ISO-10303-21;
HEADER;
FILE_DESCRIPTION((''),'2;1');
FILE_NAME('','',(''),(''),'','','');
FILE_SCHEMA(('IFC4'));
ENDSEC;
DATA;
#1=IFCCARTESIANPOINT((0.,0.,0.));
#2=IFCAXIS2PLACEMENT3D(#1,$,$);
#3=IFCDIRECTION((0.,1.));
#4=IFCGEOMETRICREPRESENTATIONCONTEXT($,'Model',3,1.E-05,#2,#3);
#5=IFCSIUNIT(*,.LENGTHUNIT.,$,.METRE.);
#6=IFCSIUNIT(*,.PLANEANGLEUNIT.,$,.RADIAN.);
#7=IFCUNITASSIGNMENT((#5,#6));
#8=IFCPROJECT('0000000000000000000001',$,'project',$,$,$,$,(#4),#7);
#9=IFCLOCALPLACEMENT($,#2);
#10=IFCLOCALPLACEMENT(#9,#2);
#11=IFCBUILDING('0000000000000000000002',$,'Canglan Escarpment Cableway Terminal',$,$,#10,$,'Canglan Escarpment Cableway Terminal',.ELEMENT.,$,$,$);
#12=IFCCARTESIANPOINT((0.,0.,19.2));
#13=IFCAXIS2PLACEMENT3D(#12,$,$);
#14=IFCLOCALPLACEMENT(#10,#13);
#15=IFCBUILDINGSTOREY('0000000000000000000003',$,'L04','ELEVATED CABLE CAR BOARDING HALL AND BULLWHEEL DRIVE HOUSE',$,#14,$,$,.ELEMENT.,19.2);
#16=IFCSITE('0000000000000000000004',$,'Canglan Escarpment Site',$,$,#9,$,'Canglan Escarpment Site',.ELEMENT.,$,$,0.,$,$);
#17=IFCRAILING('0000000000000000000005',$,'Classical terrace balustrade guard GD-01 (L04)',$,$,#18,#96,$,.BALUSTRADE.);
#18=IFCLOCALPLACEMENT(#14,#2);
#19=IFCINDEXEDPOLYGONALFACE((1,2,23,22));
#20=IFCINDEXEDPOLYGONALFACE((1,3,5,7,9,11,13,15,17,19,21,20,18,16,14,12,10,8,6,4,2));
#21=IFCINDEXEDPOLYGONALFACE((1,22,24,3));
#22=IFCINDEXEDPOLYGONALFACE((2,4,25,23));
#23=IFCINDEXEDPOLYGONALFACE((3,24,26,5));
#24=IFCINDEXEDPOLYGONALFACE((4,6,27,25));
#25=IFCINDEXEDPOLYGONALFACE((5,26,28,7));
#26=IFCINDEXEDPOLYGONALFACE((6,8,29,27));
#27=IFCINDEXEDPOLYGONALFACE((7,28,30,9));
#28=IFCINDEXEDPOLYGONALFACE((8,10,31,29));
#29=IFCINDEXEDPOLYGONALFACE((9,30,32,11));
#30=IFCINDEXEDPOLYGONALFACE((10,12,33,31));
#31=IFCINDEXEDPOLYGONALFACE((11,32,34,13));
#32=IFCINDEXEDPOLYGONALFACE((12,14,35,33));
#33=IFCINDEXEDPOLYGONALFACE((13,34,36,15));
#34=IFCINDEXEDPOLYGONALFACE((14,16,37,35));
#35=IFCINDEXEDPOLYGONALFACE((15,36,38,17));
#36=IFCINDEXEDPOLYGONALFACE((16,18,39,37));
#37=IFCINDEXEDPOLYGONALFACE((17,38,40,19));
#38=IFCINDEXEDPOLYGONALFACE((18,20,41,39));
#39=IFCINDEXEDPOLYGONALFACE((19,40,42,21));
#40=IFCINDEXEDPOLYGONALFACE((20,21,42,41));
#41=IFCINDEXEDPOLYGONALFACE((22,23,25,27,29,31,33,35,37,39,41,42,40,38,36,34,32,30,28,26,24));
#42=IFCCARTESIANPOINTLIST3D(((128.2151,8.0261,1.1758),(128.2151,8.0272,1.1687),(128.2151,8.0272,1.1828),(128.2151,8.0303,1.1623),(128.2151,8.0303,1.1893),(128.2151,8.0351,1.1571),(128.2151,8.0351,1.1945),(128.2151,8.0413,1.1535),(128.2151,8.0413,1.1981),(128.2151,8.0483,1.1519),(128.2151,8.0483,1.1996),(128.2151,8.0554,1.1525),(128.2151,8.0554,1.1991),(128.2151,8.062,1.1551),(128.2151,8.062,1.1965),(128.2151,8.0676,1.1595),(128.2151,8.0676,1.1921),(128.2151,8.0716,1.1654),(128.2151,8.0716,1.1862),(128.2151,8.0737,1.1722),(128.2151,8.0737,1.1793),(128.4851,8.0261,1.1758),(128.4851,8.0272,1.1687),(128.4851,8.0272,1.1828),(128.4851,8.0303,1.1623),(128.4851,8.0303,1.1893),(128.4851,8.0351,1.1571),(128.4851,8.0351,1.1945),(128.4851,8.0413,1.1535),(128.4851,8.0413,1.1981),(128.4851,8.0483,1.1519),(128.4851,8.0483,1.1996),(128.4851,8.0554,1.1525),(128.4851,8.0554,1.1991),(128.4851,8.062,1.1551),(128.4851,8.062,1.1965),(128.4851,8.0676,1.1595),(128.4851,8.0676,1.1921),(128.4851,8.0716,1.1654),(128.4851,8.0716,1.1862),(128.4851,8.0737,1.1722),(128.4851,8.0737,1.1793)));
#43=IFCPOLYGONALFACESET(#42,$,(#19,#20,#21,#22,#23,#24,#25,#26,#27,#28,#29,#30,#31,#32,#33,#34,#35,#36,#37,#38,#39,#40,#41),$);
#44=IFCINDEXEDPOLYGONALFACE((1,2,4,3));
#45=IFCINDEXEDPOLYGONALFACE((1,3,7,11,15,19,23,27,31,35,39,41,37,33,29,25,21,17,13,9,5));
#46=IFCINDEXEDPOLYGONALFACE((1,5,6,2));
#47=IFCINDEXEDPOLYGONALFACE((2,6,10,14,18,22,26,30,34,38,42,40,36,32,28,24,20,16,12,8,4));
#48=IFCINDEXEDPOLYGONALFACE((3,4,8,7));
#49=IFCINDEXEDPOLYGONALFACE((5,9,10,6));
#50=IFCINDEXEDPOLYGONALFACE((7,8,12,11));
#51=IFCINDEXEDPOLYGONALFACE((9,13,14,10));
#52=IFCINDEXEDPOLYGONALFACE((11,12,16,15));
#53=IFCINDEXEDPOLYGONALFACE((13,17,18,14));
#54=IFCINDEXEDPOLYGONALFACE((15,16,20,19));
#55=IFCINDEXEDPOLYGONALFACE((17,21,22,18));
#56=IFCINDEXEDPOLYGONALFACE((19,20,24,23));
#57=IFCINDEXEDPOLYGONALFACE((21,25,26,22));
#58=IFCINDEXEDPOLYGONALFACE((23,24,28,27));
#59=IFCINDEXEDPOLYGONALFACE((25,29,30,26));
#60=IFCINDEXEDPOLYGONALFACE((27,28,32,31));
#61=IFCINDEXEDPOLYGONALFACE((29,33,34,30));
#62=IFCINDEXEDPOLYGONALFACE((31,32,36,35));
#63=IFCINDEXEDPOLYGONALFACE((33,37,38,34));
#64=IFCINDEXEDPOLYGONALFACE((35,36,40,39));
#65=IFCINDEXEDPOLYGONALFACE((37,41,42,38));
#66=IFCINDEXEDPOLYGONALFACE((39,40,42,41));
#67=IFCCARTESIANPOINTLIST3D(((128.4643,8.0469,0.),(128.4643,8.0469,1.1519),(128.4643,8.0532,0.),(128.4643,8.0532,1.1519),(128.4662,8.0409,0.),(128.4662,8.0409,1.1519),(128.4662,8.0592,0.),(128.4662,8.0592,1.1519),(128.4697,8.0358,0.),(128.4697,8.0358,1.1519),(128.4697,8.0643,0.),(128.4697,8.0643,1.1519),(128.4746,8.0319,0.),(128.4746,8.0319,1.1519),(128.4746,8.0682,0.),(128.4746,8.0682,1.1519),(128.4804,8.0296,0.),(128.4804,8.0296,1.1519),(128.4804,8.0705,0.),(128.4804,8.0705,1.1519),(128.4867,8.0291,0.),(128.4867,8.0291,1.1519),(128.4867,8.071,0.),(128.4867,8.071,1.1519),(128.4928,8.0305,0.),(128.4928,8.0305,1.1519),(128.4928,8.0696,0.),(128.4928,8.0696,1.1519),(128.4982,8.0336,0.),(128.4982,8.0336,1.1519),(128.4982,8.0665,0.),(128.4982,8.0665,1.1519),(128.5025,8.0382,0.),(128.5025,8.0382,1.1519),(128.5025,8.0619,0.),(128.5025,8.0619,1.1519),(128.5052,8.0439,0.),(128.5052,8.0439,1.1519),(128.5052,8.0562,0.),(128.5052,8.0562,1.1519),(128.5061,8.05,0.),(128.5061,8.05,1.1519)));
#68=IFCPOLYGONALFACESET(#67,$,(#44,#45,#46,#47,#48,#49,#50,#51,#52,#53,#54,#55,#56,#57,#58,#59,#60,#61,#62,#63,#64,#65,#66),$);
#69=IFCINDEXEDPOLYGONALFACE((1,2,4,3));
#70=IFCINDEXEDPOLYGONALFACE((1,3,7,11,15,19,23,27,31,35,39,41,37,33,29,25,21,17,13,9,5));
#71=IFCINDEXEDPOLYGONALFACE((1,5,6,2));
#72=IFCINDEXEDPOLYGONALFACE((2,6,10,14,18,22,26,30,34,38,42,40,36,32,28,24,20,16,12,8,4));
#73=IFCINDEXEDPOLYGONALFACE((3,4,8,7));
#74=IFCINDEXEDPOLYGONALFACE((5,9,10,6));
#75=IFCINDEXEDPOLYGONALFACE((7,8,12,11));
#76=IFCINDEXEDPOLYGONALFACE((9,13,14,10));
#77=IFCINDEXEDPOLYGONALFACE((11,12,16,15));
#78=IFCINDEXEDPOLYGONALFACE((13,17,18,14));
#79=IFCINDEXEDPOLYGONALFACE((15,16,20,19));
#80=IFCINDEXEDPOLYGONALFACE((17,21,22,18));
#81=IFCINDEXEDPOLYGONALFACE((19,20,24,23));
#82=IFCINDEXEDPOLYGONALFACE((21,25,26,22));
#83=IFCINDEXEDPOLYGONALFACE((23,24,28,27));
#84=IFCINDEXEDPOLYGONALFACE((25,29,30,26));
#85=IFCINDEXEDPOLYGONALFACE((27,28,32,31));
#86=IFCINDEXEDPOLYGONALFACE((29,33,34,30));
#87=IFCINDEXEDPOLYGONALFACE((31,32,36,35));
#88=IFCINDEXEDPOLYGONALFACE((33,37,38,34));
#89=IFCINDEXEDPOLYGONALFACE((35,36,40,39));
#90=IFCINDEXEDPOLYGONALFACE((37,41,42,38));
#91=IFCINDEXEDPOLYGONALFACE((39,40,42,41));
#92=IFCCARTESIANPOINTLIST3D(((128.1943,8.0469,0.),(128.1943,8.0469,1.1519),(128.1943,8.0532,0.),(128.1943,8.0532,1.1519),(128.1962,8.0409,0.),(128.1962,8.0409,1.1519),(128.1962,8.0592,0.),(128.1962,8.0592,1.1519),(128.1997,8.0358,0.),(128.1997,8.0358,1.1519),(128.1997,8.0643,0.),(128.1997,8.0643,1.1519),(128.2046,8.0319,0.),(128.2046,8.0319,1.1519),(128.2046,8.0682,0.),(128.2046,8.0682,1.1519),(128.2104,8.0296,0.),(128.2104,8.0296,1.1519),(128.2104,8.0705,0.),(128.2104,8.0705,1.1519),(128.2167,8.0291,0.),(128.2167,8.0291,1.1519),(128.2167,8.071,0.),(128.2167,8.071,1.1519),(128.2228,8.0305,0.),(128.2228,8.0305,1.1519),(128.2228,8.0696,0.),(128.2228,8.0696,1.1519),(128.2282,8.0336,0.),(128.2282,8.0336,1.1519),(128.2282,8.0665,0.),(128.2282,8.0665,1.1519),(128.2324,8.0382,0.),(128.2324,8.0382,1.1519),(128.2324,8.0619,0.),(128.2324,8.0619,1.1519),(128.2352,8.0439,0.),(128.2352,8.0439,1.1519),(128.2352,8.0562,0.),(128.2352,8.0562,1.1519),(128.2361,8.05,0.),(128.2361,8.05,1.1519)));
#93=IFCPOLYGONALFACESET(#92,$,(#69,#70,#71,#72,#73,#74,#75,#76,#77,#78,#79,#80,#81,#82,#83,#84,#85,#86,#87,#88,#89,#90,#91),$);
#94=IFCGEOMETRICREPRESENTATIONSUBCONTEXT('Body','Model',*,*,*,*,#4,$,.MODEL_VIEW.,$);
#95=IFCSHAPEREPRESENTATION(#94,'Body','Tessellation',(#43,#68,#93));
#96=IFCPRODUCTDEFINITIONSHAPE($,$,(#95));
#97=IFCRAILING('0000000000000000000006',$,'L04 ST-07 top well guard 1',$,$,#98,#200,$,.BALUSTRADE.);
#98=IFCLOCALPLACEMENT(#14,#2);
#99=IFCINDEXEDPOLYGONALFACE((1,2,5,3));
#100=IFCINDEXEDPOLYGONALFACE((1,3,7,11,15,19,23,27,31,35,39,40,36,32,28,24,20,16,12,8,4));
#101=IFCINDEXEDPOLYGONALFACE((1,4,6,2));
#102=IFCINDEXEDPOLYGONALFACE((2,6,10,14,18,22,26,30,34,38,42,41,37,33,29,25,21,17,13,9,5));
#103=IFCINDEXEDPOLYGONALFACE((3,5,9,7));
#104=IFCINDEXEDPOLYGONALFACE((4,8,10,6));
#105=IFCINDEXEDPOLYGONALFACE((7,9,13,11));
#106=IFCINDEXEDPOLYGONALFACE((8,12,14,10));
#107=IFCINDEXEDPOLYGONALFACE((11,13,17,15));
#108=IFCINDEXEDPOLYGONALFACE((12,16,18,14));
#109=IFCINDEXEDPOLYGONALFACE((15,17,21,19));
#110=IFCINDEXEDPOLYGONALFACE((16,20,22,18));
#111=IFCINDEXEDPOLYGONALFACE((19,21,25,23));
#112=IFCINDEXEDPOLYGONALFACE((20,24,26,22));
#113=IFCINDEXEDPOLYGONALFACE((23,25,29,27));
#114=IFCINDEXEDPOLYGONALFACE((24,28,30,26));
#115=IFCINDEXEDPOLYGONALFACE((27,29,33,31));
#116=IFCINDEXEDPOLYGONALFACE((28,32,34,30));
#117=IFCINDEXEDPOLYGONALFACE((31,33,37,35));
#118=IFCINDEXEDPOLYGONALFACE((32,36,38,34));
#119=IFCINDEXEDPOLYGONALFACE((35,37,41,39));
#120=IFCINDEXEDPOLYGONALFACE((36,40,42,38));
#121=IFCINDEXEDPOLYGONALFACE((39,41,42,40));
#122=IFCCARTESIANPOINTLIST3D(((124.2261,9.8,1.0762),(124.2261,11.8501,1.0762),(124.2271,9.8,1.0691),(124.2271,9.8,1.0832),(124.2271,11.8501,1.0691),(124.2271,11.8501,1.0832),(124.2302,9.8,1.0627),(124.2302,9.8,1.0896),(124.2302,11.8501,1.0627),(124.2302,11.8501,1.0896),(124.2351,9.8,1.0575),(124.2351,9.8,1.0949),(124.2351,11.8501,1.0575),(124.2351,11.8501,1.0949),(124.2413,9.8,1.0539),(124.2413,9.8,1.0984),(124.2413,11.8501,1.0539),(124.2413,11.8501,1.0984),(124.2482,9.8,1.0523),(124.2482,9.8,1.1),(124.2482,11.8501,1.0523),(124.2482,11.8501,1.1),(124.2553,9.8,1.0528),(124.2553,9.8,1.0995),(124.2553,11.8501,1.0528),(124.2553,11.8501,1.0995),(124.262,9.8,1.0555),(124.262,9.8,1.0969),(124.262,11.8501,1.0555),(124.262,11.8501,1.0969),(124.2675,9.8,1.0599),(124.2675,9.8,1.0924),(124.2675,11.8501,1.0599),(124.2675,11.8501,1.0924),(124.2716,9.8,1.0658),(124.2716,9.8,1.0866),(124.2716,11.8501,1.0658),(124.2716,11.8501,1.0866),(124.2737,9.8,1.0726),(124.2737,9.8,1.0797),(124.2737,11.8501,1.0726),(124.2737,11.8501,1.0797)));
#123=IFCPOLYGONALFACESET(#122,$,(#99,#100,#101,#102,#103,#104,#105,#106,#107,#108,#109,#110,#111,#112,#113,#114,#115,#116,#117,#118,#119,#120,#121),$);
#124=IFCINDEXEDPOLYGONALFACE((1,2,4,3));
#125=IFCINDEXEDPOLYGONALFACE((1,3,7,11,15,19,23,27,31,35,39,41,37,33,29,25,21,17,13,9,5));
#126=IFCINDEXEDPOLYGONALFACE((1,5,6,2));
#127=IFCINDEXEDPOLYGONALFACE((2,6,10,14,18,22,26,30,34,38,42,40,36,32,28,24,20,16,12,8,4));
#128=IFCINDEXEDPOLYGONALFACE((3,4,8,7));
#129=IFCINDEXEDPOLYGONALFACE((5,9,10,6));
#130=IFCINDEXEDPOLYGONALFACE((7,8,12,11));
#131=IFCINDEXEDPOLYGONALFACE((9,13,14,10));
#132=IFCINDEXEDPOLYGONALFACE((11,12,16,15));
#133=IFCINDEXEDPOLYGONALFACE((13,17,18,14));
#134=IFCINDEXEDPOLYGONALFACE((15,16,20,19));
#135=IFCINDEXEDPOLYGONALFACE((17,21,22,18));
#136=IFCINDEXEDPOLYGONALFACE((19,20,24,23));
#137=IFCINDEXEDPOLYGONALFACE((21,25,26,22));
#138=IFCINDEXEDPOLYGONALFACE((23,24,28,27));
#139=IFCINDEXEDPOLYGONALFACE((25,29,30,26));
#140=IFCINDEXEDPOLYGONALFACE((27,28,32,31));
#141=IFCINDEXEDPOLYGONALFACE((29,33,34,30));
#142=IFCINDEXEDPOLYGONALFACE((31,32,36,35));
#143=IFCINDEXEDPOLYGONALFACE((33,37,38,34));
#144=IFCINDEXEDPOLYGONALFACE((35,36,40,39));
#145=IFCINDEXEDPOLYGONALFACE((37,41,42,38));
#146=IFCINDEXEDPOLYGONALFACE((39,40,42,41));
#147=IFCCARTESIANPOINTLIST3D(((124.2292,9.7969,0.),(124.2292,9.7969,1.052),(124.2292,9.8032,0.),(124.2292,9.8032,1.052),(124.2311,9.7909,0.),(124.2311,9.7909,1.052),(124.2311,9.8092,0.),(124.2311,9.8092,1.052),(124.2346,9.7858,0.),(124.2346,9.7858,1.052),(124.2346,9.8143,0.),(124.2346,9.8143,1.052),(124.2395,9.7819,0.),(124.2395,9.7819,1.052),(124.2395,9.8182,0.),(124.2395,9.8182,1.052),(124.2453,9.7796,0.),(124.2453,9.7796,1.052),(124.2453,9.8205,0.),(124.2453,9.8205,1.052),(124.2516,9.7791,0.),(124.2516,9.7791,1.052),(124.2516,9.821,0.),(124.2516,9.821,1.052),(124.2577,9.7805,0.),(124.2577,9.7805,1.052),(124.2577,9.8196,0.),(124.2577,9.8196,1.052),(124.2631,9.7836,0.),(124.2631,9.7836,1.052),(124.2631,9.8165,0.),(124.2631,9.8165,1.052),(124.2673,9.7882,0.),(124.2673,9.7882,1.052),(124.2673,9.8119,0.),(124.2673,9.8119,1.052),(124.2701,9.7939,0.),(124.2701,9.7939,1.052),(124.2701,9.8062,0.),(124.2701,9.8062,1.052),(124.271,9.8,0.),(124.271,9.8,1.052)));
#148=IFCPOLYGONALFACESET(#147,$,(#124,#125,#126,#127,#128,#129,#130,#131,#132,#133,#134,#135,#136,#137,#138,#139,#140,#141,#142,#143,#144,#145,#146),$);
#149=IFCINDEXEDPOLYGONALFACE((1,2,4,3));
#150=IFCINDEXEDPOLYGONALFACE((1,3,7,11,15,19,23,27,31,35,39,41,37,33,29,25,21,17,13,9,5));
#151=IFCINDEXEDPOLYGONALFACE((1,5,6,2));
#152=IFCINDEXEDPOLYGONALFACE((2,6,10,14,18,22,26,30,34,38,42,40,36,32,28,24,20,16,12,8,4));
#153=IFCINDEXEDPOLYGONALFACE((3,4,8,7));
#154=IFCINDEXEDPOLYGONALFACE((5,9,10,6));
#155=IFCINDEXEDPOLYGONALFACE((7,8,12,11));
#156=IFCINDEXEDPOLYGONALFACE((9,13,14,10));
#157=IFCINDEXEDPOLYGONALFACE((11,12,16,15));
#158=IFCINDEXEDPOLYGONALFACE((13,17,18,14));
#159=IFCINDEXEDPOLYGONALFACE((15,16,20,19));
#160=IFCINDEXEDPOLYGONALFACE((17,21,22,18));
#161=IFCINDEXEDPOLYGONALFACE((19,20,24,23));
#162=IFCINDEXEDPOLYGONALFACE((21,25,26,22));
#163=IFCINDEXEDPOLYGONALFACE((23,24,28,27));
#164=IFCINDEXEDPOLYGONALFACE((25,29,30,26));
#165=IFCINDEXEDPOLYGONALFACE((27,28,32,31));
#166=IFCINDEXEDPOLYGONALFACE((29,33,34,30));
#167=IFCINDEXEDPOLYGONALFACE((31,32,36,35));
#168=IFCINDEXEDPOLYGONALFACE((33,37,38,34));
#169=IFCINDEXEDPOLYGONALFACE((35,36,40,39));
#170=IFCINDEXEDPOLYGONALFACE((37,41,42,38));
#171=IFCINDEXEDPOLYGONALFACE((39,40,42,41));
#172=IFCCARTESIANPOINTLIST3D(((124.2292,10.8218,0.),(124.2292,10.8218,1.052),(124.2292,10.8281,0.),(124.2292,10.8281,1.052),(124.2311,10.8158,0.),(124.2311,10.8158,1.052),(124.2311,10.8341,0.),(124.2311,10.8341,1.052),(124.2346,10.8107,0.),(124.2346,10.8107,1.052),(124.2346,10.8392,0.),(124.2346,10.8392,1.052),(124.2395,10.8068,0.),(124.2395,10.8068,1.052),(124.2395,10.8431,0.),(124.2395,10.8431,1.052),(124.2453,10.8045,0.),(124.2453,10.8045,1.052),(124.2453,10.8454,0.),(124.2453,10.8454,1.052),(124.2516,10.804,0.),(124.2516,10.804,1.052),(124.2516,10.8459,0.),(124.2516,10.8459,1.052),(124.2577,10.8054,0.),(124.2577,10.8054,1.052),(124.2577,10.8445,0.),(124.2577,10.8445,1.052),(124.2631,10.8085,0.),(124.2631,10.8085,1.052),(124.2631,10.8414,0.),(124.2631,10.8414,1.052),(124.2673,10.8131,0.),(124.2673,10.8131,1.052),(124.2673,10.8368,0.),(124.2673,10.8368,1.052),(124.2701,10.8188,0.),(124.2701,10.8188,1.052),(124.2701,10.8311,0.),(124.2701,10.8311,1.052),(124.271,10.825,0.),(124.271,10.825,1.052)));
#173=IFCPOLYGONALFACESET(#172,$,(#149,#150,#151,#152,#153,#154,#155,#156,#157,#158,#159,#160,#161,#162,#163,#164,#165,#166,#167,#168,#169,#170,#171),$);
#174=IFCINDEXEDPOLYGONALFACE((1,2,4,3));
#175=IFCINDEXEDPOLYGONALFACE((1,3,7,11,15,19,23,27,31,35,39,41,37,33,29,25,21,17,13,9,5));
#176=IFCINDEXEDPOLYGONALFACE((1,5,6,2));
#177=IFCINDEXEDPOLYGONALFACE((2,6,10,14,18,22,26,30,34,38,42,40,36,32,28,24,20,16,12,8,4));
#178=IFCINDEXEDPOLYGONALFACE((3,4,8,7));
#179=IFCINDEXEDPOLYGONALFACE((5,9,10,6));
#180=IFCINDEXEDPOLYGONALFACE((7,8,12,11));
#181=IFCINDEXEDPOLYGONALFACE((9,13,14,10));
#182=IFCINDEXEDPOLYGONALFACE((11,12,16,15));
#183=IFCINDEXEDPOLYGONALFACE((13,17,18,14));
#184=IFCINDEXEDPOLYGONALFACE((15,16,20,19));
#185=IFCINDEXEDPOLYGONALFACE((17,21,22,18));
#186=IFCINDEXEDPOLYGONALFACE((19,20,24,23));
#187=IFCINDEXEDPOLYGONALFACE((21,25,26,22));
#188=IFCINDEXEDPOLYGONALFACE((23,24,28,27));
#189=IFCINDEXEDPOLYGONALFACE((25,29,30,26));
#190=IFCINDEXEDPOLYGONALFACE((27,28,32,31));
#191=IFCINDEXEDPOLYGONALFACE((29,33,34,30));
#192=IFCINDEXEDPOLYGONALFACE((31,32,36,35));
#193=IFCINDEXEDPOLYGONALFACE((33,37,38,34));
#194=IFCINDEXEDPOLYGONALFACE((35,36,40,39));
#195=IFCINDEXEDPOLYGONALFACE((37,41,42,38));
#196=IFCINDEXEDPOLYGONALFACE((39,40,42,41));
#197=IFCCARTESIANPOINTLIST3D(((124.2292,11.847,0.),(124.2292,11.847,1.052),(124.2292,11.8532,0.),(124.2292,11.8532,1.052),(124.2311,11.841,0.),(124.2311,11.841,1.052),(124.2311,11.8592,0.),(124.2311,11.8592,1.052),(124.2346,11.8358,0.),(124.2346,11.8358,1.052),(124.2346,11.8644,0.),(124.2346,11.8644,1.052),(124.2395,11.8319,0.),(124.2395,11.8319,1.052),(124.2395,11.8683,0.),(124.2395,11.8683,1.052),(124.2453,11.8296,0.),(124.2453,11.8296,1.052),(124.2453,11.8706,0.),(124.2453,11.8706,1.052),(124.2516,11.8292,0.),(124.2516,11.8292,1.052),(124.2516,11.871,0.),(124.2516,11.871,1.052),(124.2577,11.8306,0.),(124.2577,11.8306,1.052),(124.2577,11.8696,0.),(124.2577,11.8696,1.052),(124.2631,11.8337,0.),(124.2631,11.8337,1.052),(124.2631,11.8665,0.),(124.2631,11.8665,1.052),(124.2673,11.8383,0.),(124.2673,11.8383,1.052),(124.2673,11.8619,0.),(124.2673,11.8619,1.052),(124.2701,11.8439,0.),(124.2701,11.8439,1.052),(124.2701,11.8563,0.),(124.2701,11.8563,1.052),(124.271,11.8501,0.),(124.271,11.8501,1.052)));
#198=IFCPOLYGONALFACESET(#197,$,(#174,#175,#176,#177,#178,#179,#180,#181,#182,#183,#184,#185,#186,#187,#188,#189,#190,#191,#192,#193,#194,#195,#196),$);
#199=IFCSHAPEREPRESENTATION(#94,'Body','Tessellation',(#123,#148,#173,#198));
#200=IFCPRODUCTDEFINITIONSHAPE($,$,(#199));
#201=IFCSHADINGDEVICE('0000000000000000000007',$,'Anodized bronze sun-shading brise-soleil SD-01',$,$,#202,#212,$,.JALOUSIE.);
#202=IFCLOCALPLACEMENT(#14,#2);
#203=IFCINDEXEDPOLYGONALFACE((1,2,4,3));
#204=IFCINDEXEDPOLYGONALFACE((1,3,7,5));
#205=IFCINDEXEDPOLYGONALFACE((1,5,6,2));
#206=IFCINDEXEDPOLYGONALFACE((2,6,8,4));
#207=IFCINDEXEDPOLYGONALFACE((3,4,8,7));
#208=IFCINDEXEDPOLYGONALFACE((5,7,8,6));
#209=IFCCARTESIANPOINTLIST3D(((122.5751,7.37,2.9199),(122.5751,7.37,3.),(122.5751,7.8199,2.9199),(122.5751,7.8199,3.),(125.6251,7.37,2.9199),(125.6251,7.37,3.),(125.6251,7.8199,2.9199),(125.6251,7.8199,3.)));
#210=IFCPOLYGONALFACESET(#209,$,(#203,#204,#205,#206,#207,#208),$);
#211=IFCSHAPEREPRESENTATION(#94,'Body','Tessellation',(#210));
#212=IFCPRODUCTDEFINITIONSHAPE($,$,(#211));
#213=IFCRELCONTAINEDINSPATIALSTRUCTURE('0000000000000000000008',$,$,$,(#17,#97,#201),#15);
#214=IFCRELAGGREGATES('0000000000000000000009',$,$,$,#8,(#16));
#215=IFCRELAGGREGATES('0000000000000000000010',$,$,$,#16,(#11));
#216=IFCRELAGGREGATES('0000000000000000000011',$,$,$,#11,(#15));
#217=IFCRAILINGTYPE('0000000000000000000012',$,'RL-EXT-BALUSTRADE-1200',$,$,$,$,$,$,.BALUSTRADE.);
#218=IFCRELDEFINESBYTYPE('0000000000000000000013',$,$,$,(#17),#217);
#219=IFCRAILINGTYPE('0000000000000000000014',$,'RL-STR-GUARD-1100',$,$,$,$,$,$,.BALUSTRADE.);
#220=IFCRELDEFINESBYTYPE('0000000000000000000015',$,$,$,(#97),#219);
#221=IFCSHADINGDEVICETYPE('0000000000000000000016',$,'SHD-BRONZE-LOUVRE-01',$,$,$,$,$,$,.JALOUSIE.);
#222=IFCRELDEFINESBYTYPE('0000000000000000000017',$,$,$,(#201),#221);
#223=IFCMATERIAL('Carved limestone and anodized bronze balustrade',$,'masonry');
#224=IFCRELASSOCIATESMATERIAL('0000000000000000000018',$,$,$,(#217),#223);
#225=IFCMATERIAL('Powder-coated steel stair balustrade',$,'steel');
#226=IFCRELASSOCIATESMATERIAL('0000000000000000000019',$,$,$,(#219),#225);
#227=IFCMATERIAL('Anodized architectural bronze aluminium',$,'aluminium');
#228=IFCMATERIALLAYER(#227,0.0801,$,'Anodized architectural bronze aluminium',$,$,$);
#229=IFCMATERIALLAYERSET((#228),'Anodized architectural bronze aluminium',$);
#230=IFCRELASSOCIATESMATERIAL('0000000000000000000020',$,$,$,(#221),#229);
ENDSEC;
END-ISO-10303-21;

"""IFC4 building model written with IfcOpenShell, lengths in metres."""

from ifc_helpers import new_model, si_unit, direction, frame, origin, origin_2d, place, context, subcontext, project, spatial, rectangle, circle, extrude, material, layer, layer_set, type_object, element, save


model = new_model("IFC4")

# Units and contexts
model_context = context("Model", 3, precision=1e-05, world=origin(), true_north=direction((0.0, 1.0)))
body_context = subcontext(model_context, "Body", "Model", "MODEL_VIEW")
ifc_project = project(units=[si_unit("LENGTHUNIT", "METRE"), si_unit("PLANEANGLEUNIT", "RADIAN")], contexts=[model_context])

# Site, building, storey
site_placement = place(None, origin())
site = spatial("IfcSite", under=ifc_project, at=site_placement, Name="Canglan Escarpment Site", LongName="Canglan Escarpment Site", CompositionType="ELEMENT", RefElevation=0.0)
building_placement = place(site_placement, origin())
building = spatial("IfcBuilding", under=site, at=building_placement, Name="Canglan Escarpment Cableway Terminal", LongName="Canglan Escarpment Cableway Terminal", CompositionType="ELEMENT")
storey_placement = place(building_placement, frame((0.0, 0.0, 19.2)))
storey = spatial("IfcBuildingStorey", under=building, at=storey_placement, Name="L04", Description="ELEVATED CABLE CAR BOARDING HALL AND BULLWHEEL DRIVE HOUSE", CompositionType="ELEMENT", Elevation=19.2)

# Railings
ifc_material_1 = material(Name="Carved limestone and anodized bronze balustrade", Category="masonry")
railing_type_1 = type_object("IfcRailingType", Name="RL-EXT-BALUSTRADE-1200", PredefinedType="BALUSTRADE", material=ifc_material_1)
railing_1_placement = place(storey_placement, frame((128.4851, 8.05, 0.0)))
element("IfcRailing", 1, at=railing_1_placement, inside=storey, type_object=railing_type_1, Name="Classical terrace balustrade guard GD-01 (L04)", PredefinedType="BALUSTRADE", context=body_context, shape_type="SweptSolid", body=[
    extrude(circle(Radius=0.0239, at=origin_2d()), frame((0.0, 0.0, 1.1758), z_axis=(-1.0, 0.0, 0.0), x_axis=(0.0, -1.0, 0.0)), (0.0, 0.0, 1.0), 0.27),
    extrude(circle(Radius=0.021, at=origin_2d()), origin(), (0.0, 0.0, 1.0), 1.1519),
    extrude(circle(Radius=0.021, at=origin_2d()), frame((-0.27, 0.0, 0.0)), (0.0, 0.0, 1.0), 1.1519),
])
ifc_material_2 = material(Name="Powder-coated steel stair balustrade", Category="steel")
railing_type_2 = type_object("IfcRailingType", Name="RL-STR-GUARD-1100", PredefinedType="BALUSTRADE", material=ifc_material_2)
railing_2_placement = place(storey_placement, frame((124.25, 9.8, 0.0)))
element("IfcRailing", 2, at=railing_2_placement, inside=storey, type_object=railing_type_2, Name="L04 ST-07 top well guard 1", PredefinedType="BALUSTRADE", context=body_context, shape_type="SweptSolid", body=[
    extrude(circle(Radius=0.0239, at=origin_2d()), frame((0.0, 0.0, 1.0762), z_axis=(0.0, 1.0, 0.0), x_axis=(-1.0, 0.0, 0.0)), (0.0, 0.0, 1.0), 2.05),
    extrude(circle(Radius=0.021, at=origin_2d()), origin(), (0.0, 0.0, 1.0), 1.052),
    extrude(circle(Radius=0.021, at=origin_2d()), frame((0.0, 1.0249, 0.0)), (0.0, 0.0, 1.0), 1.052),
    extrude(circle(Radius=0.021, at=origin_2d()), frame((0.0, 2.05, 0.0)), (0.0, 0.0, 1.0), 1.052),
])

# Shading device
ifc_material_3 = material(Name="Anodized architectural bronze aluminium", Category="aluminium")
ifc_layer_1 = layer(ifc_material_3, 0.0801, Name="Anodized architectural bronze aluminium")
ifc_layer_set_1 = layer_set([ifc_layer_1], Name="Anodized architectural bronze aluminium")
shading_device_type = type_object("IfcShadingDeviceType", Name="SHD-BRONZE-LOUVRE-01", PredefinedType="JALOUSIE", material=ifc_layer_set_1)
shading_device_placement = place(storey_placement, frame((124.1001, 7.595, 2.9199), z_axis=(0.0, 0.0, 1.0), x_axis=(1.0, 0.0, 0.0)))
element("IfcShadingDevice", 3, at=shading_device_placement, inside=storey, type_object=shading_device_type, Name="Anodized bronze sun-shading brise-soleil SD-01", PredefinedType="JALOUSIE", context=body_context, shape_type="SweptSolid", body=[
    extrude(rectangle(XDim=3.05, YDim=0.45, at=origin_2d()), origin(), (0.0, 0.0, 1.0), 0.0801),
])

save(model, "model.ifc")
